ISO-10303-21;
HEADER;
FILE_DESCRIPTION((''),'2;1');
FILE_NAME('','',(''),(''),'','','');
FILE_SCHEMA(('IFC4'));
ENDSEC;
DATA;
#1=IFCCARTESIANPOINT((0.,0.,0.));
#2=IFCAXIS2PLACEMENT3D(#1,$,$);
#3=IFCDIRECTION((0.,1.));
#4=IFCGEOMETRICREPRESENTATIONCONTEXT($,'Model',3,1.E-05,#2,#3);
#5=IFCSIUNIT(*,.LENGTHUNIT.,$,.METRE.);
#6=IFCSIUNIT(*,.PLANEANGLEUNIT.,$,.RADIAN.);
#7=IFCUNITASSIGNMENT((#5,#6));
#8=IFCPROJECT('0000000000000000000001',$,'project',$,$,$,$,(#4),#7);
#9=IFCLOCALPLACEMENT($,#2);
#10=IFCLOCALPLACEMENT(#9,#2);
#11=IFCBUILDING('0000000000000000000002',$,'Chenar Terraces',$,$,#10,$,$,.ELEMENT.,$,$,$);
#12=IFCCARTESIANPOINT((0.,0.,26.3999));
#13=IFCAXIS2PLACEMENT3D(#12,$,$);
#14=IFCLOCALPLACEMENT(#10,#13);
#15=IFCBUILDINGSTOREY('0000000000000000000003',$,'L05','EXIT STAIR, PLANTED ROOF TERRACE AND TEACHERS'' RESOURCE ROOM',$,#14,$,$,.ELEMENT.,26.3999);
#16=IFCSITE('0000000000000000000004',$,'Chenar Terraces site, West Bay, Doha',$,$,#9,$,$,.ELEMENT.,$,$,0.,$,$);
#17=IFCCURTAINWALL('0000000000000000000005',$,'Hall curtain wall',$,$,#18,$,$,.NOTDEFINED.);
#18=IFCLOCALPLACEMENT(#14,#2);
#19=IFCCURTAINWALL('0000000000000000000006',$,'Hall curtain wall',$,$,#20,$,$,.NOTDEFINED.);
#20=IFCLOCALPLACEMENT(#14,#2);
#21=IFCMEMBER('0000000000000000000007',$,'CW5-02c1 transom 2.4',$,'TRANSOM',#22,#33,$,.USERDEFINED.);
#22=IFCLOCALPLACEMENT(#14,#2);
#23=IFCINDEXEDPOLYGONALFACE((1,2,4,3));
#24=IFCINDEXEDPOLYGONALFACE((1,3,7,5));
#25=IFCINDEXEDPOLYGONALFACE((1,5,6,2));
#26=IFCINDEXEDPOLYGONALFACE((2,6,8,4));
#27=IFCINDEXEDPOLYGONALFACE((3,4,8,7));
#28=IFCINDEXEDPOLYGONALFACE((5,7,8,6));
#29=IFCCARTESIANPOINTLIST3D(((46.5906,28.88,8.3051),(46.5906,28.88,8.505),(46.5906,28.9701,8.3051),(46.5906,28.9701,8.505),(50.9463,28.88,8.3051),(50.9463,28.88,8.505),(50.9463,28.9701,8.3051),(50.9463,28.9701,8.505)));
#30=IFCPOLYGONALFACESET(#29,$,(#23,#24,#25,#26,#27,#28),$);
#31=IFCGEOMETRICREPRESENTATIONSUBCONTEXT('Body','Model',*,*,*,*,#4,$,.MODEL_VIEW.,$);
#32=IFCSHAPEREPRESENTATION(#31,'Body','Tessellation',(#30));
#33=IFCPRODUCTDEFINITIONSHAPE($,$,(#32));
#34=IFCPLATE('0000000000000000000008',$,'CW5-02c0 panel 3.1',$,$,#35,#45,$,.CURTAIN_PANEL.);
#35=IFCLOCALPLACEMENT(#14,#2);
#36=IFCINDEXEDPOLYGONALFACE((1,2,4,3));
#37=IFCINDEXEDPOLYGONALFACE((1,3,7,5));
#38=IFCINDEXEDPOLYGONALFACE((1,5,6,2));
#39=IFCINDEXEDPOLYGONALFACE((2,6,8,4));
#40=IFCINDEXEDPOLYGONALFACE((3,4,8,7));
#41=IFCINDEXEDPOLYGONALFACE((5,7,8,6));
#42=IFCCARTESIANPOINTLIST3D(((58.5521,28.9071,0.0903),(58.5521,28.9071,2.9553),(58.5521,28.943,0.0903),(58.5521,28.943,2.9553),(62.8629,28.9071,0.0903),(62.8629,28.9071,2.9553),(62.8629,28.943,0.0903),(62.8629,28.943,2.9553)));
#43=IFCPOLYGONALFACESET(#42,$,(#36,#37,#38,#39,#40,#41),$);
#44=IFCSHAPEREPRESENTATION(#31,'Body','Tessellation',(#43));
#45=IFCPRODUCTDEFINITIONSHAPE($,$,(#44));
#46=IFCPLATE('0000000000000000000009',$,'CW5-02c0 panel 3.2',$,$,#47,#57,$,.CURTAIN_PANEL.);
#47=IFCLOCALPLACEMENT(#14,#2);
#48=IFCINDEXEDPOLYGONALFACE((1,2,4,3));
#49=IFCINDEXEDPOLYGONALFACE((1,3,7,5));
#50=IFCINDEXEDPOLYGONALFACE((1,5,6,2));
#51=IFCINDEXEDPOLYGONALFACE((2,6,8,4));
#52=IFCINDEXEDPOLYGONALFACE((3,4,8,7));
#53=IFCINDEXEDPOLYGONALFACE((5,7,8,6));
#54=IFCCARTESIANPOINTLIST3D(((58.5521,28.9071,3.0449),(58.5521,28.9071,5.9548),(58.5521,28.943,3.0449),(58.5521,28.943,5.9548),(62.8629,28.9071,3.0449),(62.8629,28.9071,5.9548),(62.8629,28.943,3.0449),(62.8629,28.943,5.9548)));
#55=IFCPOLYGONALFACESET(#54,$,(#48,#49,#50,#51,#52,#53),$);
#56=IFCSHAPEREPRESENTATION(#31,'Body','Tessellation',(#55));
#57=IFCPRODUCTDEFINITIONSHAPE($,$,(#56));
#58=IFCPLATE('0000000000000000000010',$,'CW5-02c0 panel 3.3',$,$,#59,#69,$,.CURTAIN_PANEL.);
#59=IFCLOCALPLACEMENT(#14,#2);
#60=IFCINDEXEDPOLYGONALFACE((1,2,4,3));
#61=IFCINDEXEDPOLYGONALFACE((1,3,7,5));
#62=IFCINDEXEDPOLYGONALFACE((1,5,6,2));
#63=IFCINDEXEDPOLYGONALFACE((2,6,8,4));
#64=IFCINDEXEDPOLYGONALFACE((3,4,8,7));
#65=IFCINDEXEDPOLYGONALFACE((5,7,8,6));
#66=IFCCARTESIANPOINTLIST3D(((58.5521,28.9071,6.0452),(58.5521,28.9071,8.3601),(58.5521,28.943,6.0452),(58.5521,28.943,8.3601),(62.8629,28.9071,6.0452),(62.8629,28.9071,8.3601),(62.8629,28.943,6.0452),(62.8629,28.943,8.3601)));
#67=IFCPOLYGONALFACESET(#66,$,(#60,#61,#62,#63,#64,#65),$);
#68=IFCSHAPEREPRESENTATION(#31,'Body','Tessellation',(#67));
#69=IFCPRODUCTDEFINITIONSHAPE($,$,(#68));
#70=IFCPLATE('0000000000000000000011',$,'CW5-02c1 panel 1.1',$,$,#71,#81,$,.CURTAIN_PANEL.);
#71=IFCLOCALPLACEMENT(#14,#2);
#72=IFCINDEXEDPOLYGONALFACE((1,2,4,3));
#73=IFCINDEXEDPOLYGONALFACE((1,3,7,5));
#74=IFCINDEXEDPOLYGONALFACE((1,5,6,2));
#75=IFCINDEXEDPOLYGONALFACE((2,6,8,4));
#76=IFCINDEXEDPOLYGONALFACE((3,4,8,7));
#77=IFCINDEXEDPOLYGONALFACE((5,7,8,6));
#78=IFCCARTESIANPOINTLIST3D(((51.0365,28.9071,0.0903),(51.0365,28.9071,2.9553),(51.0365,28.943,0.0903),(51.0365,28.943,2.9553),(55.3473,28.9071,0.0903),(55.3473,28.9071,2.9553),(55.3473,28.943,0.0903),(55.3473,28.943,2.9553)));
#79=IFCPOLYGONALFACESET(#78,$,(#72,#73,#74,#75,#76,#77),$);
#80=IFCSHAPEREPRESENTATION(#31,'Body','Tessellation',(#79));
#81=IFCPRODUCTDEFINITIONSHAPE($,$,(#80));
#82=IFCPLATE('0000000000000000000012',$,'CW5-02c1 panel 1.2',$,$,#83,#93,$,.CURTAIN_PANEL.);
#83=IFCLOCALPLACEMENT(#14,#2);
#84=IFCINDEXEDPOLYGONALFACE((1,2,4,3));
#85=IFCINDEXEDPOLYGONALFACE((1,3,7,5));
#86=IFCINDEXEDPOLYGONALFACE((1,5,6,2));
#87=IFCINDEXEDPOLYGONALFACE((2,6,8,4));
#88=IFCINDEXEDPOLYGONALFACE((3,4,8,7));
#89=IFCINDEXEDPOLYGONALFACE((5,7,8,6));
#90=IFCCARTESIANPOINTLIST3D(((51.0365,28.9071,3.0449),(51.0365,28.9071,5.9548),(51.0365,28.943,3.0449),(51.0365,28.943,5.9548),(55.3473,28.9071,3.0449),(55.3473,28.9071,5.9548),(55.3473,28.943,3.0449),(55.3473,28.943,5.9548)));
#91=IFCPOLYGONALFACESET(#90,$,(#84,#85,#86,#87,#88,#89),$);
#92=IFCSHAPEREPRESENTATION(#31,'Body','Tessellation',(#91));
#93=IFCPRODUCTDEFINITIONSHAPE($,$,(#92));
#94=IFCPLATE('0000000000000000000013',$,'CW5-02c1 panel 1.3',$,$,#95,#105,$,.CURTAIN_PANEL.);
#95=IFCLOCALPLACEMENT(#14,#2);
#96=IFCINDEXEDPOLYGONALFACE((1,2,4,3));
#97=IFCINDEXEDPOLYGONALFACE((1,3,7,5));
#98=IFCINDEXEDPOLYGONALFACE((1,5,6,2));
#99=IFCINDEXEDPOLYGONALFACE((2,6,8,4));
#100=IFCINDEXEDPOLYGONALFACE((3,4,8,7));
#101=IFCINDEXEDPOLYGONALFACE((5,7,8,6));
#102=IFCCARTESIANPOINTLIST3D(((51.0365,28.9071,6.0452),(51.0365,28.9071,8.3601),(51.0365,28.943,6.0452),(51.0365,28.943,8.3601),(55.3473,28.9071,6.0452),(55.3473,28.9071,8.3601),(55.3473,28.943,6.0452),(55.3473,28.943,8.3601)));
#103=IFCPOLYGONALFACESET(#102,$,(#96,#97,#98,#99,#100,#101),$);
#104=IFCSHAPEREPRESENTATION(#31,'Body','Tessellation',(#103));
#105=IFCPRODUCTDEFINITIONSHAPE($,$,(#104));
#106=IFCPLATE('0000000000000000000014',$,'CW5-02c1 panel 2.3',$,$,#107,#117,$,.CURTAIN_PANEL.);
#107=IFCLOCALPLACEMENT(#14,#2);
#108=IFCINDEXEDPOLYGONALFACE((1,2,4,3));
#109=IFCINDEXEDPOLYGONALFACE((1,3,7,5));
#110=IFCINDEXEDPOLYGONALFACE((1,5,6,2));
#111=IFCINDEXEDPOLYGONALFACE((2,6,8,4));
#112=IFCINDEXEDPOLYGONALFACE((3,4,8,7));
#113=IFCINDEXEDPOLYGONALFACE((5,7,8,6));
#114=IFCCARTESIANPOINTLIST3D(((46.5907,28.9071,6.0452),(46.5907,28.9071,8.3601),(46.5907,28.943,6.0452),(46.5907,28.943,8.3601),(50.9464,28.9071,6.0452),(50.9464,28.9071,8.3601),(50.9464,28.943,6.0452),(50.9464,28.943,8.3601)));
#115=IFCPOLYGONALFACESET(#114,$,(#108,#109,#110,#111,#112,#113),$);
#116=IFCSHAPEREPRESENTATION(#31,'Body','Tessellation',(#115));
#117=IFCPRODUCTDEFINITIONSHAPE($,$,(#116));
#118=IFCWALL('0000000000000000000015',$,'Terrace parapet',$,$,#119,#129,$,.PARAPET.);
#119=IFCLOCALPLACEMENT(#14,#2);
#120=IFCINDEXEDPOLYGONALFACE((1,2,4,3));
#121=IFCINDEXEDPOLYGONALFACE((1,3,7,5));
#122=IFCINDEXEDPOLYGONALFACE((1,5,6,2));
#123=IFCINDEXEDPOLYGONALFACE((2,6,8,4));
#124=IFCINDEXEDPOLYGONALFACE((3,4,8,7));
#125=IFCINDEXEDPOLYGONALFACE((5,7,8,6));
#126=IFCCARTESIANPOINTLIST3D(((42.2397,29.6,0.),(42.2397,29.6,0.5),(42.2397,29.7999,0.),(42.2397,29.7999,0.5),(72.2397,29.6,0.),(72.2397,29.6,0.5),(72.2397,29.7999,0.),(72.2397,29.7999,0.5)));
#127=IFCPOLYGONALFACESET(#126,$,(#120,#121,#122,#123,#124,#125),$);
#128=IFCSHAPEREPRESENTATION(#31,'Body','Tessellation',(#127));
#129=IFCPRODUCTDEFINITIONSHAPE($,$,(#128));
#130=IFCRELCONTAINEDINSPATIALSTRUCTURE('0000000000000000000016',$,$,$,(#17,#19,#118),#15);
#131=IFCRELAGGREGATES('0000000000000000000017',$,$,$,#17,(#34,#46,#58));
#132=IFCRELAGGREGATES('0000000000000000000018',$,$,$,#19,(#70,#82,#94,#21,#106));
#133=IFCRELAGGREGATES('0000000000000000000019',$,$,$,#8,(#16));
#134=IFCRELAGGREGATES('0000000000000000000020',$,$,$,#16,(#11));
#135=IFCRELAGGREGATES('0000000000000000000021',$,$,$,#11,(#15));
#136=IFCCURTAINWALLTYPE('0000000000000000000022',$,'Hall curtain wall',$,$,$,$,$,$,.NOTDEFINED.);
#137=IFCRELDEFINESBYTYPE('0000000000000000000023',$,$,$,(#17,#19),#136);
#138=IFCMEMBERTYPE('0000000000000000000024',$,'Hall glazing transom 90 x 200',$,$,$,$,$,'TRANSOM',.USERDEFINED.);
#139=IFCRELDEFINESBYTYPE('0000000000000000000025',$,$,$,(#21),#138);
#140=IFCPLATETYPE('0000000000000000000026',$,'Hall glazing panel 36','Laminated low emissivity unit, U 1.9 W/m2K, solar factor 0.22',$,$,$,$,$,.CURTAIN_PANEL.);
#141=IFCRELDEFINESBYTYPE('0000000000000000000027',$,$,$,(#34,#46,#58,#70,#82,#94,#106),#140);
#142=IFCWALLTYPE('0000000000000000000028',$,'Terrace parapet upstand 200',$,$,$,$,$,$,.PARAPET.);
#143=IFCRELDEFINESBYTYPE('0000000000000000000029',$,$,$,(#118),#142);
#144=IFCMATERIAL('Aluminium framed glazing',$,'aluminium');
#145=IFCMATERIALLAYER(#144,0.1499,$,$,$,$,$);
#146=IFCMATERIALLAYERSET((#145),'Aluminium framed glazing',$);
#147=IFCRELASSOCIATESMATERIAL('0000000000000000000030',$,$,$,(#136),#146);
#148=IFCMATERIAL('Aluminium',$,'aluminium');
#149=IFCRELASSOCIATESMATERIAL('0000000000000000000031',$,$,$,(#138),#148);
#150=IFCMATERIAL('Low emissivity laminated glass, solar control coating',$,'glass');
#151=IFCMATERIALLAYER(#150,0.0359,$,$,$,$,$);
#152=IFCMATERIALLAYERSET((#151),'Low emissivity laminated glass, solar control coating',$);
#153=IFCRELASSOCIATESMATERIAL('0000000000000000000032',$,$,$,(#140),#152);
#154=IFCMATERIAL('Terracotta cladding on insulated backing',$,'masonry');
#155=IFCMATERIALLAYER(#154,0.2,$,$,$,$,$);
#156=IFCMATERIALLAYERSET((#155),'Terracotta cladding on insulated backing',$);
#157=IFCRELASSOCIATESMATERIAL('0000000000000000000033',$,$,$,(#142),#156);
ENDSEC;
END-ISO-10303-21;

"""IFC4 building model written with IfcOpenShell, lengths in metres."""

from ifc_helpers import new_model, si_unit, direction, frame, frame_2d, origin, origin_2d, place, context, subcontext, project, spatial, rectangle, extrude, material, layer, layer_set, material_profile, profile_set, type_object, element, aggregate, save


model = new_model("IFC4")

# Units and contexts
model_context = context("Model", 3, precision=1e-05, world=origin(), true_north=direction((0.0, 1.0)))
body_context = subcontext(model_context, "Body", "Model", "MODEL_VIEW")
ifc_project = project(units=[si_unit("LENGTHUNIT", "METRE"), si_unit("PLANEANGLEUNIT", "RADIAN")], contexts=[model_context])

# Site, building, storey
site_placement = place(None, origin())
site = spatial("IfcSite", under=ifc_project, at=site_placement, Name="Chenar Terraces site, West Bay, Doha", CompositionType="ELEMENT", RefElevation=0.0)
building_placement = place(site_placement, origin())
building = spatial("IfcBuilding", under=site, at=building_placement, Name="Chenar Terraces", CompositionType="ELEMENT")
storey_placement = place(building_placement, frame((0.0, 0.0, 26.3999)))
storey = spatial("IfcBuildingStorey", under=building, at=storey_placement, Name="L05", Description="EXIT STAIR, PLANTED ROOF TERRACE AND TEACHERS' RESOURCE ROOM", CompositionType="ELEMENT", Elevation=26.3999)

# Curtain walls
ifc_material_1 = material(Name="Aluminium framed glazing", Category="aluminium")
ifc_layer_1 = layer(ifc_material_1, 0.1499)
ifc_layer_set_1 = layer_set([ifc_layer_1], Name="Aluminium framed glazing")
curtain_wall_type = type_object("IfcCurtainWallType", Name="Hall curtain wall", PredefinedType="NOTDEFINED", material=ifc_layer_set_1)
placement = place(storey_placement, origin())
curtain_wall_1 = element("IfcCurtainWall", 1, at=placement, inside=storey, type_object=curtain_wall_type, Name="Hall curtain wall", PredefinedType="NOTDEFINED")
curtain_wall_2 = element("IfcCurtainWall", 2, at=placement, inside=storey, type_object=curtain_wall_type, Name="Hall curtain wall", PredefinedType="NOTDEFINED")

# Member
ifc_material_2 = material(Name="Aluminium", Category="aluminium")
ifc_material_profile_1 = material_profile(ifc_material_2, rectangle(XDim=0.0901, YDim=0.2, at=origin_2d()), Name="Hall glazing transom 90 x 200")
ifc_profile_set_1 = profile_set([ifc_material_profile_1], Name="Aluminium")
member_type_1 = type_object("IfcMemberType", Name="Hall glazing transom 90 x 200", ElementType="TRANSOM", PredefinedType="USERDEFINED", material=ifc_profile_set_1)
member_1_placement = place(storey_placement, frame((50.9463, 28.925, 8.405), z_axis=(-1.0, 0.0, 0.0), x_axis=(0.0, -1.0, 0.0)))
member_1 = element("IfcMember", 3, at=member_1_placement, type_object=member_type_1, Name="CW5-02c1 transom 2.4", ObjectType="TRANSOM", PredefinedType="USERDEFINED", context=body_context, shape_type="SweptSolid", body=[
    extrude(rectangle(XDim=0.0901, YDim=0.2, at=origin_2d()), origin(), (0.0, 0.0, 1.0), 4.3557),
])

# Plates
ifc_material_3 = material(Name="Low emissivity laminated glass, solar control coating", Category="glass")
ifc_layer_2 = layer(ifc_material_3, 0.0359)
ifc_layer_set_2 = layer_set([ifc_layer_2], Name="Low emissivity laminated glass, solar control coating")
plate_type = type_object("IfcPlateType", Name="Hall glazing panel 36", Description="Laminated low emissivity unit, U 1.9 W/m2K, solar factor 0.22", PredefinedType="CURTAIN_PANEL", material=ifc_layer_set_2)
plate_1_placement = place(storey_placement, frame((60.7075, 28.925, 0.0903), z_axis=(0.0, 0.0, 1.0), x_axis=(-1.0, 0.0, 0.0)))
plate_1 = element("IfcPlate", 4, at=plate_1_placement, type_object=plate_type, Name="CW5-02c0 panel 3.1", PredefinedType="CURTAIN_PANEL", context=body_context, shape_type="SweptSolid", body=[
    extrude(rectangle(XDim=4.3108, YDim=0.0359, at=origin_2d()), origin(), (0.0, 0.0, 1.0), 2.865),
])
plate_2_placement = place(storey_placement, frame((60.7075, 28.925, 3.0449), z_axis=(0.0, 0.0, 1.0), x_axis=(-1.0, 0.0, 0.0)))
plate_2 = element("IfcPlate", 5, at=plate_2_placement, type_object=plate_type, Name="CW5-02c0 panel 3.2", PredefinedType="CURTAIN_PANEL", context=body_context, shape_type="SweptSolid", body=[
    extrude(rectangle(XDim=4.3108, YDim=0.0359, at=origin_2d()), origin(), (0.0, 0.0, 1.0), 2.9099),
])
plate_3_placement = place(storey_placement, frame((60.7075, 28.925, 6.0452), z_axis=(0.0, 0.0, 1.0), x_axis=(-1.0, 0.0, 0.0)))
plate_3 = element("IfcPlate", 6, at=plate_3_placement, type_object=plate_type, Name="CW5-02c0 panel 3.3", PredefinedType="CURTAIN_PANEL", context=body_context, shape_type="SweptSolid", body=[
    extrude(rectangle(XDim=4.3108, YDim=0.0359, at=origin_2d()), origin(), (0.0, 0.0, 1.0), 2.3149),
])
aggregate(curtain_wall_1, [plate_1, plate_2, plate_3])
plate_4_placement = place(storey_placement, frame((53.1919, 28.925, 0.0903), z_axis=(0.0, 0.0, 1.0), x_axis=(-1.0, 0.0, 0.0)))
plate_4 = element("IfcPlate", 7, at=plate_4_placement, type_object=plate_type, Name="CW5-02c1 panel 1.1", PredefinedType="CURTAIN_PANEL", context=body_context, shape_type="SweptSolid", body=[
    extrude(rectangle(XDim=4.3108, YDim=0.0359, at=origin_2d()), origin(), (0.0, 0.0, 1.0), 2.865),
])
plate_5_placement = place(storey_placement, frame((53.1919, 28.925, 3.0449), z_axis=(0.0, 0.0, 1.0), x_axis=(-1.0, 0.0, 0.0)))
plate_5 = element("IfcPlate", 8, at=plate_5_placement, type_object=plate_type, Name="CW5-02c1 panel 1.2", PredefinedType="CURTAIN_PANEL", context=body_context, shape_type="SweptSolid", body=[
    extrude(rectangle(XDim=4.3108, YDim=0.0359, at=origin_2d()), origin(), (0.0, 0.0, 1.0), 2.9099),
])
plate_6_placement = place(storey_placement, frame((53.1919, 28.925, 6.0452), z_axis=(0.0, 0.0, 1.0), x_axis=(-1.0, 0.0, 0.0)))
plate_6 = element("IfcPlate", 9, at=plate_6_placement, type_object=plate_type, Name="CW5-02c1 panel 1.3", PredefinedType="CURTAIN_PANEL", context=body_context, shape_type="SweptSolid", body=[
    extrude(rectangle(XDim=4.3108, YDim=0.0359, at=origin_2d()), origin(), (0.0, 0.0, 1.0), 2.3149),
])
plate_7_placement = place(storey_placement, frame((48.7686, 28.925, 6.0452), z_axis=(0.0, 0.0, 1.0), x_axis=(-1.0, 0.0, 0.0)))
plate_7 = element("IfcPlate", 10, at=plate_7_placement, type_object=plate_type, Name="CW5-02c1 panel 2.3", PredefinedType="CURTAIN_PANEL", context=body_context, shape_type="SweptSolid", body=[
    extrude(rectangle(XDim=4.3557, YDim=0.0359, at=origin_2d()), origin(), (0.0, 0.0, 1.0), 2.3149),
])
aggregate(curtain_wall_2, [plate_4, plate_5, plate_6, member_1, plate_7])

# Wall
ifc_material_4 = material(Name="Terracotta cladding on insulated backing", Category="masonry")
ifc_layer_3 = layer(ifc_material_4, 0.2)
ifc_layer_set_3 = layer_set([ifc_layer_3], Name="Terracotta cladding on insulated backing")
wall_type_1 = type_object("IfcWallType", Name="Terrace parapet upstand 200", PredefinedType="PARAPET", material=ifc_layer_set_3)
wall_1_placement = place(storey_placement, frame((42.2397, 29.7, 0.0), z_axis=(0.0, 0.0, 1.0), x_axis=(1.0, 0.0, 0.0)))
element("IfcWall", 11, at=wall_1_placement, inside=storey, type_object=wall_type_1, Name="Terrace parapet", PredefinedType="PARAPET", context=body_context, shape_type="SweptSolid", body=[
    extrude(rectangle(XDim=30.0, YDim=0.2, at=frame_2d((15.0, 0.0))), origin(), (0.0, 0.0, 1.0), 0.5),
])

save(model, "model.ifc")
